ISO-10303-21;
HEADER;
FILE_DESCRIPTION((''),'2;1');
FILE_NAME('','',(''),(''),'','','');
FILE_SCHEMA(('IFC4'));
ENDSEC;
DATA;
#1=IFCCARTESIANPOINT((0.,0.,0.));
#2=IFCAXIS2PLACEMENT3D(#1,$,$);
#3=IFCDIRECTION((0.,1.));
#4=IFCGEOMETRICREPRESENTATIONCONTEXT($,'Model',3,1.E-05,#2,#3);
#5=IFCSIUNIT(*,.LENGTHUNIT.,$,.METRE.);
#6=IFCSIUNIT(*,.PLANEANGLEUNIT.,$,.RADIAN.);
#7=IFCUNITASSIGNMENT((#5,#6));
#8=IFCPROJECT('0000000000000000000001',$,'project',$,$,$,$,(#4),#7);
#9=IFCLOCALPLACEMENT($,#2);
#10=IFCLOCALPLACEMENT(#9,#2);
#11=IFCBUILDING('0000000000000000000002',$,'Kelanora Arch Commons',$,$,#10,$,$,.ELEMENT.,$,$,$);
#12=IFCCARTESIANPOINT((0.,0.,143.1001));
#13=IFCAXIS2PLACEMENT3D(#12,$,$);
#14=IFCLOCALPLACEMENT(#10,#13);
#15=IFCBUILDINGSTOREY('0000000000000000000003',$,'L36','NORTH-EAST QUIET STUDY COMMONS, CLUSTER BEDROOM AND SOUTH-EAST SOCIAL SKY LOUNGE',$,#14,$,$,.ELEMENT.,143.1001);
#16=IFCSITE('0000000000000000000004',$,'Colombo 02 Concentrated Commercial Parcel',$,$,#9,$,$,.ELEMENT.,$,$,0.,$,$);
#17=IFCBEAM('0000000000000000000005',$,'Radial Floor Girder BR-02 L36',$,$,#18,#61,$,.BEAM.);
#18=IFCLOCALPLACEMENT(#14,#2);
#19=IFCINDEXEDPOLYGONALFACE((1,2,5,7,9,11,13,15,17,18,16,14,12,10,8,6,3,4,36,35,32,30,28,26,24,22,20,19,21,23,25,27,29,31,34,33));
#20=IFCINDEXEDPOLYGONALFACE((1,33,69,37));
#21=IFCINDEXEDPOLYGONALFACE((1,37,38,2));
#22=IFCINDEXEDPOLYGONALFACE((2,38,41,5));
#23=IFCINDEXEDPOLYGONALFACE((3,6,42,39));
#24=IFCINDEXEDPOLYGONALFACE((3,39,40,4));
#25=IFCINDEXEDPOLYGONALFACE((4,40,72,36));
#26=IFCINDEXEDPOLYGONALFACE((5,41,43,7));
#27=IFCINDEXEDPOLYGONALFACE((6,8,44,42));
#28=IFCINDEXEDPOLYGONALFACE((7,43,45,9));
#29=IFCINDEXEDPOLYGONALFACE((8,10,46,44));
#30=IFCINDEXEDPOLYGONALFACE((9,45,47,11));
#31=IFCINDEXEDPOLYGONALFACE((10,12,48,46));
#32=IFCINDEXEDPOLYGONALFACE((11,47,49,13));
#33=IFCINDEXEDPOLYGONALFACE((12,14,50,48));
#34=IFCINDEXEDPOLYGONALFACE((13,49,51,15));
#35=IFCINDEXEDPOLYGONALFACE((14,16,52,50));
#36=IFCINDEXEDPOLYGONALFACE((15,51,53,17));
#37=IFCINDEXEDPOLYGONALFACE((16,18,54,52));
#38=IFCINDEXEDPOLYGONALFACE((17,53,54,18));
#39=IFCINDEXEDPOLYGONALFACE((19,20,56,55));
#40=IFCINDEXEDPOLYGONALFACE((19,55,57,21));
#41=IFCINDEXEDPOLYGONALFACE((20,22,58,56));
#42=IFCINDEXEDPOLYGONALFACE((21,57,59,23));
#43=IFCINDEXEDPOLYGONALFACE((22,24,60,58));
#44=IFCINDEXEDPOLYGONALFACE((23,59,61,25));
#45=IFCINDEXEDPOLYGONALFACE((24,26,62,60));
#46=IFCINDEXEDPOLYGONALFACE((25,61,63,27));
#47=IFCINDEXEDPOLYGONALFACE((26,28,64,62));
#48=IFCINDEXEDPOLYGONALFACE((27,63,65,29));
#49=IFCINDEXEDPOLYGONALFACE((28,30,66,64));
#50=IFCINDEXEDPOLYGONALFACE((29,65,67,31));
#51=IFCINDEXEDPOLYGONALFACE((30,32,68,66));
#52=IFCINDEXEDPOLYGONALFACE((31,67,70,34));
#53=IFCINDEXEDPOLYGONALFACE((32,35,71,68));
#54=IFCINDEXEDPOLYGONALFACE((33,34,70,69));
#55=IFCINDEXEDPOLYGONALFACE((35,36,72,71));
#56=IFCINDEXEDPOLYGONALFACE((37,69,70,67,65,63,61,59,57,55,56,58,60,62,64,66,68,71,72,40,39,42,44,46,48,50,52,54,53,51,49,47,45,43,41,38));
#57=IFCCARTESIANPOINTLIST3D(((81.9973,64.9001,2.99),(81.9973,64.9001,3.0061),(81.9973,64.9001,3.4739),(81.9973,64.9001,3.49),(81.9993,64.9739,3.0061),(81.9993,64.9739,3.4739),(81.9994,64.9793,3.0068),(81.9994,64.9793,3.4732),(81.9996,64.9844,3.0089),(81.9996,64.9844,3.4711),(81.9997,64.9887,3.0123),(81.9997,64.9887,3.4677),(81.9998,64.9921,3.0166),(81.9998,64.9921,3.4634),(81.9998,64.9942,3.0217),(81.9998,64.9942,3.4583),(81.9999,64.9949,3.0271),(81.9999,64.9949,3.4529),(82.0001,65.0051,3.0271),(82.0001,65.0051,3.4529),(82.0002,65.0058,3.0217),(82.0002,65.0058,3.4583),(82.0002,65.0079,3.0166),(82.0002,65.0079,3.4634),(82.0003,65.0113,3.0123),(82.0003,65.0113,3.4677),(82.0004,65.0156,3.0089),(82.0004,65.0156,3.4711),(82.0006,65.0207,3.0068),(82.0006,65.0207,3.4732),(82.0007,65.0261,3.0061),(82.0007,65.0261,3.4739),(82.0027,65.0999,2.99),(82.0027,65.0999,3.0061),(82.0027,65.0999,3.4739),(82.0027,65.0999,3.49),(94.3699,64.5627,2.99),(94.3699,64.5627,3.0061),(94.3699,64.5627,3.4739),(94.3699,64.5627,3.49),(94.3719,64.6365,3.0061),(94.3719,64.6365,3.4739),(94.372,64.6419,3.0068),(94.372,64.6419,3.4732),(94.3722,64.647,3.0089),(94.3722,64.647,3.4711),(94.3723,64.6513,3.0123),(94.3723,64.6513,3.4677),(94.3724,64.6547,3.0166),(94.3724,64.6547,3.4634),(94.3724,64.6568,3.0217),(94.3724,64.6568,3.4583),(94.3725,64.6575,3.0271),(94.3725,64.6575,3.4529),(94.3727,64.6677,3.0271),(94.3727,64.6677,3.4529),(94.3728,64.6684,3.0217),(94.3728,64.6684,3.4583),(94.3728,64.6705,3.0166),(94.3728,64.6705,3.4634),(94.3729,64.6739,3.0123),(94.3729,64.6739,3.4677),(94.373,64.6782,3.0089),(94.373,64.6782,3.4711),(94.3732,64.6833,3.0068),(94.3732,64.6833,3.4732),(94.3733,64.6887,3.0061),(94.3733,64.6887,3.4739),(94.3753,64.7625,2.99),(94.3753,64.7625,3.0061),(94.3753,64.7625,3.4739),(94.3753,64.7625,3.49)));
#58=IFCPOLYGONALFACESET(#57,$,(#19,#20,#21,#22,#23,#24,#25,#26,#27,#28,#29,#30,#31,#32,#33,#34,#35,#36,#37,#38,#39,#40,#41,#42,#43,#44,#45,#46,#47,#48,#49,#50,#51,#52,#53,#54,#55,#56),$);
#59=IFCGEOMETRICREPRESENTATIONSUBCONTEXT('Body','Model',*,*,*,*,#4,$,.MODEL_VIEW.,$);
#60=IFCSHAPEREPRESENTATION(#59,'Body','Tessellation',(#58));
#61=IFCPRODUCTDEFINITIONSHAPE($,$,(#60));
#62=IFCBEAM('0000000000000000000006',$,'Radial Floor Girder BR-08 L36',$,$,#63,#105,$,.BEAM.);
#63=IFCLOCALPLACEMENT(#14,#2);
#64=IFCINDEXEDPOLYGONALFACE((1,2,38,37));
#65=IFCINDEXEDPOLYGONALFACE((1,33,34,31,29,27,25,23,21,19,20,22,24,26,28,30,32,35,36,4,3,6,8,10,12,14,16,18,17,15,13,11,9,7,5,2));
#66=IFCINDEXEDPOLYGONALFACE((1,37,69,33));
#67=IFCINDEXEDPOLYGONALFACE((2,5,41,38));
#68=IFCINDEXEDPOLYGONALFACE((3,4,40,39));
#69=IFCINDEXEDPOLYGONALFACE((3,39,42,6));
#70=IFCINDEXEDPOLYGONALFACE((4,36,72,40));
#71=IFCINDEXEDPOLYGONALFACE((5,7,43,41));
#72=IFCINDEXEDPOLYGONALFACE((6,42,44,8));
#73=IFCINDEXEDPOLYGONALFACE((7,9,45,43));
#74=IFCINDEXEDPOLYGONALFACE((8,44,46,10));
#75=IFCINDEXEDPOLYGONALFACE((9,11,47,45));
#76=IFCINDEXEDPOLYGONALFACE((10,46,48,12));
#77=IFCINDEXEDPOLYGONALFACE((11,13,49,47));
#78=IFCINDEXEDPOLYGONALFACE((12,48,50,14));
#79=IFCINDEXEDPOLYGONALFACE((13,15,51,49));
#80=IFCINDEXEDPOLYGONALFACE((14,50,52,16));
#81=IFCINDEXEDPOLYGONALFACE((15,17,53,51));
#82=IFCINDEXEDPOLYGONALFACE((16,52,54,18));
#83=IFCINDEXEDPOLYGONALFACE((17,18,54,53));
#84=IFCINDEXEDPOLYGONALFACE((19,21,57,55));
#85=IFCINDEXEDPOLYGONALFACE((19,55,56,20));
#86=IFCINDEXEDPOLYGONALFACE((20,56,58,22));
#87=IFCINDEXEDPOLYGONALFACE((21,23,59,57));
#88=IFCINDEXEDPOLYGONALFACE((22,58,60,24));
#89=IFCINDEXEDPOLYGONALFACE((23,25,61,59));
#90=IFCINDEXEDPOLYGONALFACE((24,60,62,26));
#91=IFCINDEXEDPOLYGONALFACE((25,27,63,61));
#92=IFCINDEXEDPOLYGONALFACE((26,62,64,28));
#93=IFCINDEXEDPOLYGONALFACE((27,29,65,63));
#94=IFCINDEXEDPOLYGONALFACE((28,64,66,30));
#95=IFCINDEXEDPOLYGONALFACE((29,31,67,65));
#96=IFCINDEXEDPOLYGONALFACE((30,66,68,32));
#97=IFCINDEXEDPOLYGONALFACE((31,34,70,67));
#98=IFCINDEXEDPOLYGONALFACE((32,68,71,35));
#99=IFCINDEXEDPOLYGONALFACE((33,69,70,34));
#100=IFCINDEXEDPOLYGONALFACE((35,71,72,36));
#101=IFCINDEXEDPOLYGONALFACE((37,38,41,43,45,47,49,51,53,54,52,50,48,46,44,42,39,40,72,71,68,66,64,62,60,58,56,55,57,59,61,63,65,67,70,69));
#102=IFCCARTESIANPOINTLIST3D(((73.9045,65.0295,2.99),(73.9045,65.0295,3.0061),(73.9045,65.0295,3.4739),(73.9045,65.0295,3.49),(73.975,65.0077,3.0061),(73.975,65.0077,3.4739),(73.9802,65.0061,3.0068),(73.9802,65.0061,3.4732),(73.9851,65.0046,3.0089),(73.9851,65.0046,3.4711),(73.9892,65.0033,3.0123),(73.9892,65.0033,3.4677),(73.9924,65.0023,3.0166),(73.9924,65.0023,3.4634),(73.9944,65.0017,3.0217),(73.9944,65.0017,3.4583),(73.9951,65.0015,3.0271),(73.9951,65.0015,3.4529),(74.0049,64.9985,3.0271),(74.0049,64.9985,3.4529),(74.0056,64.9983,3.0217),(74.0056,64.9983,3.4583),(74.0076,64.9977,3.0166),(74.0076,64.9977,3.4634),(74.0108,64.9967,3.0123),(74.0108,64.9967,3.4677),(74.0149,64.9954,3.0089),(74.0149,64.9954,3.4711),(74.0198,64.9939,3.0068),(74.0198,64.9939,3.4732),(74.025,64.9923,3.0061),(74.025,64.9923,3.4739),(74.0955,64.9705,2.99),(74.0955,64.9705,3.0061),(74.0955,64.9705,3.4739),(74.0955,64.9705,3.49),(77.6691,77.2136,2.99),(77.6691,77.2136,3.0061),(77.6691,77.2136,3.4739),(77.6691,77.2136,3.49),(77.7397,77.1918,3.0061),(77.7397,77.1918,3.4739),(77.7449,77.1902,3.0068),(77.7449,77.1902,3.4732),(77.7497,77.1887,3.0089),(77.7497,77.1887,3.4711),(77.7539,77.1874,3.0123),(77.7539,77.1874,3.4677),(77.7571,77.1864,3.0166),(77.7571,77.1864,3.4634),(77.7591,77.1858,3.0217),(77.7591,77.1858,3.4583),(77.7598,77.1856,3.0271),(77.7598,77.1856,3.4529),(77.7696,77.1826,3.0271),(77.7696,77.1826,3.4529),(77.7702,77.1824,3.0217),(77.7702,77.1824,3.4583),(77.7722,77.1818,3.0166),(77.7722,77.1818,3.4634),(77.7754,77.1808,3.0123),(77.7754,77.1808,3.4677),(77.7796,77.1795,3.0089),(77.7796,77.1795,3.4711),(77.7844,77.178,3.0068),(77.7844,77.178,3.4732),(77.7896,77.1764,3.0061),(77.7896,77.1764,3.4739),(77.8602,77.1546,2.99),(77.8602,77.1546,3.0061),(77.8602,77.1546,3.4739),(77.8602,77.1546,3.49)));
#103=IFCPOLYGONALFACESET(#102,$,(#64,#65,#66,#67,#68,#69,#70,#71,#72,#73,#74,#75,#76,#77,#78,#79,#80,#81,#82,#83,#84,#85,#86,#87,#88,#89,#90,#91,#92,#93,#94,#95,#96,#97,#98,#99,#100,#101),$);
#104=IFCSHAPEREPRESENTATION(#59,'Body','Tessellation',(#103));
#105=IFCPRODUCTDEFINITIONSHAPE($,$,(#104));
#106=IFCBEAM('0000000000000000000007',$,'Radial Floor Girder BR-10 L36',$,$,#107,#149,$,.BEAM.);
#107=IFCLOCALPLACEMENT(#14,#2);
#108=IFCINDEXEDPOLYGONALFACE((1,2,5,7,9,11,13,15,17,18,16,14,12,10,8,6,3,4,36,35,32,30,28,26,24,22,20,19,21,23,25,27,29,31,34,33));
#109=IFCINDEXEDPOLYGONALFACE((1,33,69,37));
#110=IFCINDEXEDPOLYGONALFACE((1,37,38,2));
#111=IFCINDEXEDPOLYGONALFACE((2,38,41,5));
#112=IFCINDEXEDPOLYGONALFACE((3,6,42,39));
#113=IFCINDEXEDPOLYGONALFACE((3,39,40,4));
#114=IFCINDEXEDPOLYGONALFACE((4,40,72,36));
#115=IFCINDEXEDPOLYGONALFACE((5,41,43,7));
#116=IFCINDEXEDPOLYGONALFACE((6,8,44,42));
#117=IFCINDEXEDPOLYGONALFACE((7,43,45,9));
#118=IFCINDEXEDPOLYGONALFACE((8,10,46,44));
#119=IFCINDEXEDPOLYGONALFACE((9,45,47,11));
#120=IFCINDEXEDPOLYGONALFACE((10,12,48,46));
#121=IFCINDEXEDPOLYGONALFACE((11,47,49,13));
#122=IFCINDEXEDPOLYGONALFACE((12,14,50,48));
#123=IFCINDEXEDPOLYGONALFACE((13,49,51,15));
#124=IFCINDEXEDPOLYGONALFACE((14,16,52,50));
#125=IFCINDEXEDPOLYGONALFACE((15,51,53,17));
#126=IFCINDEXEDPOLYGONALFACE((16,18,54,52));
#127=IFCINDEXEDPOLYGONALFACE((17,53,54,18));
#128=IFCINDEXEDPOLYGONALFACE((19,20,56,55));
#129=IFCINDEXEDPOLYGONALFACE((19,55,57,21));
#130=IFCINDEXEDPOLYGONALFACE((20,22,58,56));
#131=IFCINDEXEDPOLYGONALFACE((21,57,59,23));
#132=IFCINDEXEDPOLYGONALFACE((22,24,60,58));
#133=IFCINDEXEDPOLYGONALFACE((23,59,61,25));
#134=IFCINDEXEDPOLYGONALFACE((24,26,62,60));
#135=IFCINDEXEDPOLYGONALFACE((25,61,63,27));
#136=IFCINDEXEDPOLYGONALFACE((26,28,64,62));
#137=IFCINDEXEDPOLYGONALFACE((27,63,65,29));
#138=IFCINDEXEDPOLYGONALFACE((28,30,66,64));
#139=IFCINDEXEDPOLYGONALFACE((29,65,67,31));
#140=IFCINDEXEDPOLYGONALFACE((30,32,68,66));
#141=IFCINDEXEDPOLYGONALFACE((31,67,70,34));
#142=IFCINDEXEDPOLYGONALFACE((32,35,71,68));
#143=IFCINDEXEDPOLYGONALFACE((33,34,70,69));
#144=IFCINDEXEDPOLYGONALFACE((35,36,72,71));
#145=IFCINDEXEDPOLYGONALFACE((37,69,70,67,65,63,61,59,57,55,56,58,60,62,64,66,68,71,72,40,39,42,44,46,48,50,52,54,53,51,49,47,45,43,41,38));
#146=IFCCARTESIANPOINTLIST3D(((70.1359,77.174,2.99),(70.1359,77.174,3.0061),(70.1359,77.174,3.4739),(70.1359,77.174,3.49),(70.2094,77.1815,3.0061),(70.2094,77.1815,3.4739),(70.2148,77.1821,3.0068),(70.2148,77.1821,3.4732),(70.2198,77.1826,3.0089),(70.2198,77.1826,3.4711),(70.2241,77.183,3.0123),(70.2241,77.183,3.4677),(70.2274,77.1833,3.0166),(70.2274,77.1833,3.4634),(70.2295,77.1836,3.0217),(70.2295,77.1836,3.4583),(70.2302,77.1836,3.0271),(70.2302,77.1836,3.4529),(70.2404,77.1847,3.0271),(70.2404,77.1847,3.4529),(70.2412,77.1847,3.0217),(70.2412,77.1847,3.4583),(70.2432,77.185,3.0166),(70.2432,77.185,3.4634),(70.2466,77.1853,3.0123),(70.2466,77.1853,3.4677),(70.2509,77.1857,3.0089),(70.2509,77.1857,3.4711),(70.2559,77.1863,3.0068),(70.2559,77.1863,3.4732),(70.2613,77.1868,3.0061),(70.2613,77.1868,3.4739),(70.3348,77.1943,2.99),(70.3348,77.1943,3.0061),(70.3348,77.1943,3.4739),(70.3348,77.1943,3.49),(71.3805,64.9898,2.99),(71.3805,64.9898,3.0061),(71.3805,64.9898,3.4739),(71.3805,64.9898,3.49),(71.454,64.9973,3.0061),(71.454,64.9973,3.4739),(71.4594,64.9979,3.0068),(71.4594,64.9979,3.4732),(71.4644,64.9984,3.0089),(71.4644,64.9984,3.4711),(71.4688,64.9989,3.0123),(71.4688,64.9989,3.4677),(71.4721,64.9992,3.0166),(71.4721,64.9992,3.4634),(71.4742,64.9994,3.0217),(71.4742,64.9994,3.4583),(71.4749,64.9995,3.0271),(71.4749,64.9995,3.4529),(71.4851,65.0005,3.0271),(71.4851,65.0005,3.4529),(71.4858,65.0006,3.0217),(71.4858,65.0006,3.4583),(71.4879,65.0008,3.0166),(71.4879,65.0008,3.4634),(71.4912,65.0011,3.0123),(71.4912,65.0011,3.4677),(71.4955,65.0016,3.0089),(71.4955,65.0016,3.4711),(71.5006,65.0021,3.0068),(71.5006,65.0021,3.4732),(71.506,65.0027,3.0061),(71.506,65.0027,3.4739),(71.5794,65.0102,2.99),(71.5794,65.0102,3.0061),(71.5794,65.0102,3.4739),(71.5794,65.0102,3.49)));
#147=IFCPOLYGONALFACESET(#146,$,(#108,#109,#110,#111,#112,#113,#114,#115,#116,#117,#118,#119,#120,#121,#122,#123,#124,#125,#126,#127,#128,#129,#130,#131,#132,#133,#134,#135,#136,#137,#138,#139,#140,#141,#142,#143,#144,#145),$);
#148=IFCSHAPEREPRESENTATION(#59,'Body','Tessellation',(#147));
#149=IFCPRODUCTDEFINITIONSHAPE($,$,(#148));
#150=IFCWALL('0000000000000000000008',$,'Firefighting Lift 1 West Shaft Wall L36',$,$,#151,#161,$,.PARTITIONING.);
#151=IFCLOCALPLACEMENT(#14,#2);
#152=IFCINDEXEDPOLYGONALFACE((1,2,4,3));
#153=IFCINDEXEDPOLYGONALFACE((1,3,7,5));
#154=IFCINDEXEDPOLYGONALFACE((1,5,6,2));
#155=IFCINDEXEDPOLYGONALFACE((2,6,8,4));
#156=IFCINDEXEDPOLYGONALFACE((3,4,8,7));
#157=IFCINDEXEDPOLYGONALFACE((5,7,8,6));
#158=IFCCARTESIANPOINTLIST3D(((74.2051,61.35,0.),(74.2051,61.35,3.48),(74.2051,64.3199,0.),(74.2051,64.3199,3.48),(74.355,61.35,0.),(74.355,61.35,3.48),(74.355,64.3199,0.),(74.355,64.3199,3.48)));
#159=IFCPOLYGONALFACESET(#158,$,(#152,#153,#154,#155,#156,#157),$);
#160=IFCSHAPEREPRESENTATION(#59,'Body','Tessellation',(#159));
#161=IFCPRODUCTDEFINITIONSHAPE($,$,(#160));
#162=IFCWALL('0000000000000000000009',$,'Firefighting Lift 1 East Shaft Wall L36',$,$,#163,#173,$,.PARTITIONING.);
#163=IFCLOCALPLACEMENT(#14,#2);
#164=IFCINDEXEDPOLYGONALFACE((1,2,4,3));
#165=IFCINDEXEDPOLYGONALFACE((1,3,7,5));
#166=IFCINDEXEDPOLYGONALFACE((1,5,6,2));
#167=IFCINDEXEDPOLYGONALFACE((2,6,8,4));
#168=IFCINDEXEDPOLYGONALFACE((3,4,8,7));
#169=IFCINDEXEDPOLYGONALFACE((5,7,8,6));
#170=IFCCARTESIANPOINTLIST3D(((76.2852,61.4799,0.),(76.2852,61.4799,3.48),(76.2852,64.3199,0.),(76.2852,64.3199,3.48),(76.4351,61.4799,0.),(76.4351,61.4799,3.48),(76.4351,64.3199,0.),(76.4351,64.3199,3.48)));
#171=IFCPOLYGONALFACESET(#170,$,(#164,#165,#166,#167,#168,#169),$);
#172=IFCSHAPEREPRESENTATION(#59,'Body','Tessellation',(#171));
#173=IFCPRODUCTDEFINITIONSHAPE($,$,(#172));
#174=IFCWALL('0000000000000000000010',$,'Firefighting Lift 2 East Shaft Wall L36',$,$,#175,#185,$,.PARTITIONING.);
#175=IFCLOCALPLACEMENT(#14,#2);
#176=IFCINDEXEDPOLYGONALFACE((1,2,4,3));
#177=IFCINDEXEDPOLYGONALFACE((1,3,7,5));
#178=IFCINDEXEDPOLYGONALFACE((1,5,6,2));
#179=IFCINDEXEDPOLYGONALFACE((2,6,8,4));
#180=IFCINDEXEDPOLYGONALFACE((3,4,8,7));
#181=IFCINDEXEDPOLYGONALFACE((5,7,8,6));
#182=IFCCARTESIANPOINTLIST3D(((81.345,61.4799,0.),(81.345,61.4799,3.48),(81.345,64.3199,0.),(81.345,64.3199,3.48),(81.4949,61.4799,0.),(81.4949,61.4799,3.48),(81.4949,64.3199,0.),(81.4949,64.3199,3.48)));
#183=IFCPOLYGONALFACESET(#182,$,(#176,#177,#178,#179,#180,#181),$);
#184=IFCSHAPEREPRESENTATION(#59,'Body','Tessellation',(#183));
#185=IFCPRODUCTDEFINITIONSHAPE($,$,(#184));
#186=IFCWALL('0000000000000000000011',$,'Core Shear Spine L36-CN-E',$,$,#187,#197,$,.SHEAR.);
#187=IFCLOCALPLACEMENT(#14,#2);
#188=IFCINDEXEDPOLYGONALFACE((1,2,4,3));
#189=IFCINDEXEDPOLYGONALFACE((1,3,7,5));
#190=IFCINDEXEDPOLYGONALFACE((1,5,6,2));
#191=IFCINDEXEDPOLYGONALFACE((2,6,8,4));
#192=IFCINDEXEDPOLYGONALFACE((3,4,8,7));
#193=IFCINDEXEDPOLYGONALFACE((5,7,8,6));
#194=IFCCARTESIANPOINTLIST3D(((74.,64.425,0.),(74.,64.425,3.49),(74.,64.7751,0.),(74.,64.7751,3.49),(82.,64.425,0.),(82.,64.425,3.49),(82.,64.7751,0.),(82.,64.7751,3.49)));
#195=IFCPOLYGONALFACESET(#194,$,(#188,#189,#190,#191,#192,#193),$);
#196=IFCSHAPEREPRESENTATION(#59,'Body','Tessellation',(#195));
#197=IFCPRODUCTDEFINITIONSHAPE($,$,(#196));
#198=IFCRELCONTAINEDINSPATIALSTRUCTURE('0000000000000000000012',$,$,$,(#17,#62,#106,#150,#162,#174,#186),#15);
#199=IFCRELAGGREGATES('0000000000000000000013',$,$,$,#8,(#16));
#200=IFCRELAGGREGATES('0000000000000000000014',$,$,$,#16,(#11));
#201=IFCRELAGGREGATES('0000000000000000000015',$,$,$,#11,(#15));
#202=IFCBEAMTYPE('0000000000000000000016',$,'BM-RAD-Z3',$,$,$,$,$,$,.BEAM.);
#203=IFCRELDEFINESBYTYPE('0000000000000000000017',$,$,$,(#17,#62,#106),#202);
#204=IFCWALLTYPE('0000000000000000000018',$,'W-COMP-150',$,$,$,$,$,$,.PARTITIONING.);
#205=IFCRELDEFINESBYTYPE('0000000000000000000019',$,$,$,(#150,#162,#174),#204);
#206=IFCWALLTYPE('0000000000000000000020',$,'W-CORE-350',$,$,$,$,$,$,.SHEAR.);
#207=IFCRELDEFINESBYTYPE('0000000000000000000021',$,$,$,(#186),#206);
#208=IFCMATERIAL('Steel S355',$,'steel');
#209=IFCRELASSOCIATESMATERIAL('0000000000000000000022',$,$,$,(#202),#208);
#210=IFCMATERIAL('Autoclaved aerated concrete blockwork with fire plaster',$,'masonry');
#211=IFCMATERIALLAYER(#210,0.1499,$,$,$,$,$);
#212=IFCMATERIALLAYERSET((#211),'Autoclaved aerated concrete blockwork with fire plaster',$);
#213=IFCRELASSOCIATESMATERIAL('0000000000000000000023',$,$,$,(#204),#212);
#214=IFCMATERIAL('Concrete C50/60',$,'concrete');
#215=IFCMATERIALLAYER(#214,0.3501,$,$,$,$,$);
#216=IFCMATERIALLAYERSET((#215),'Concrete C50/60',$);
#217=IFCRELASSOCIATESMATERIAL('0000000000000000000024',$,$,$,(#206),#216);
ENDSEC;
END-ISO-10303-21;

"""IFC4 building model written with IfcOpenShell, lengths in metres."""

from ifc_helpers import new_model, si_unit, direction, frame, frame_2d, origin, origin_2d, place, context, subcontext, project, spatial, rectangle, i_section, extrude, material, layer, layer_set, material_profile, profile_set, type_object, element, save


model = new_model("IFC4")

# Units and contexts
model_context = context("Model", 3, precision=1e-05, world=origin(), true_north=direction((0.0, 1.0)))
body_context = subcontext(model_context, "Body", "Model", "MODEL_VIEW")
ifc_project = project(units=[si_unit("LENGTHUNIT", "METRE"), si_unit("PLANEANGLEUNIT", "RADIAN")], contexts=[model_context])

# Site, building, storey
site_placement = place(None, origin())
site = spatial("IfcSite", under=ifc_project, at=site_placement, Name="Colombo 02 Concentrated Commercial Parcel", CompositionType="ELEMENT", RefElevation=0.0)
building_placement = place(site_placement, origin())
building = spatial("IfcBuilding", under=site, at=building_placement, Name="Kelanora Arch Commons", CompositionType="ELEMENT")
storey_placement = place(building_placement, frame((0.0, 0.0, 143.1001)))
storey = spatial("IfcBuildingStorey", under=building, at=storey_placement, Name="L36", Description="NORTH-EAST QUIET STUDY COMMONS, CLUSTER BEDROOM AND SOUTH-EAST SOCIAL SKY LOUNGE", CompositionType="ELEMENT", Elevation=143.1001)

# Beams
ifc_material_1 = material(Name="Steel S355", Category="steel")
ifc_material_profile_1 = material_profile(ifc_material_1, i_section(OverallWidth=0.2, OverallDepth=0.5, WebThickness=0.0103, FlangeThickness=0.0161, FilletRadius=0.021, at=origin_2d()), Name="IPE500")
ifc_profile_set_1 = profile_set([ifc_material_profile_1], Name="Steel S355")
beam_type_1 = type_object("IfcBeamType", Name="BM-RAD-Z3", PredefinedType="BEAM", material=ifc_profile_set_1)
beam_1_placement = place(storey_placement, frame((82.0, 65.0, 3.24), z_axis=(0.999628, -0.02726, 0.0), x_axis=(0.02726, 0.999628, 0.0)))
element("IfcBeam", 1, at=beam_1_placement, inside=storey, type_object=beam_type_1, Name="Radial Floor Girder BR-02 L36", PredefinedType="BEAM", context=body_context, shape_type="SweptSolid", body=[
    extrude(i_section(OverallWidth=0.2, OverallDepth=0.5, WebThickness=0.0103, FlangeThickness=0.0161, FilletRadius=0.021, at=origin_2d()), origin(), (0.0, 0.0, 1.0), 12.3772),
])
beam_2_placement = place(storey_placement, frame((74.0, 65.0, 3.24), z_axis=(0.29521, 0.955432, 0.0), x_axis=(-0.955432, 0.29521, 0.0)))
element("IfcBeam", 2, at=beam_2_placement, inside=storey, type_object=beam_type_1, Name="Radial Floor Girder BR-08 L36", PredefinedType="BEAM", context=body_context, shape_type="SweptSolid", body=[
    extrude(i_section(OverallWidth=0.2, OverallDepth=0.5, WebThickness=0.0103, FlangeThickness=0.0161, FilletRadius=0.021, at=origin_2d()), origin(), (0.0, 0.0, 1.0), 12.7524),
])
beam_3_placement = place(storey_placement, frame((71.48, 65.0, 3.24), z_axis=(-0.101623, 0.994823, 0.0), x_axis=(-0.994823, -0.101623, 0.0)))
element("IfcBeam", 3, at=beam_3_placement, inside=storey, type_object=beam_type_1, Name="Radial Floor Girder BR-10 L36", PredefinedType="BEAM", context=body_context, shape_type="SweptSolid", body=[
    extrude(i_section(OverallWidth=0.2, OverallDepth=0.5, WebThickness=0.0103, FlangeThickness=0.0161, FilletRadius=0.021, at=origin_2d()), origin(), (0.0, 0.0, 1.0), 12.2476),
])

# Walls
ifc_material_2 = material(Name="Autoclaved aerated concrete blockwork with fire plaster", Category="masonry")
ifc_layer_1 = layer(ifc_material_2, 0.1499)
ifc_layer_set_1 = layer_set([ifc_layer_1], Name="Autoclaved aerated concrete blockwork with fire plaster")
wall_type_1 = type_object("IfcWallType", Name="W-COMP-150", PredefinedType="PARTITIONING", material=ifc_layer_set_1)
wall_1_placement = place(storey_placement, frame((74.28, 61.3501, 0.0), z_axis=(0.0, 0.0, 1.0), x_axis=(0.0, 1.0, 0.0)))
element("IfcWall", 4, at=wall_1_placement, inside=storey, type_object=wall_type_1, Name="Firefighting Lift 1 West Shaft Wall L36", PredefinedType="PARTITIONING", context=body_context, shape_type="SweptSolid", body=[
    extrude(rectangle(XDim=2.97, YDim=0.1499, at=frame_2d((1.4849, 0.0))), origin(), (0.0, 0.0, 1.0), 3.48),
])
for number, where, z_axis, x_axis, name in (
    (5, (76.3601, 61.48, 0.0), (0.0, 0.0, 1.0), (0.0, 1.0, 0.0), "Firefighting Lift 1 East Shaft Wall L36"),
    (6, (81.4199, 61.48, 0.0), (0.0, 0.0, 1.0), (0.0, 1.0, 0.0), "Firefighting Lift 2 East Shaft Wall L36"),
):
    element("IfcWall", number, at=place(storey_placement, frame(where, z_axis=z_axis, x_axis=x_axis)), inside=storey, type_object=wall_type_1, Name=name, PredefinedType="PARTITIONING", context=body_context, shape_type="SweptSolid", body=[
        extrude(rectangle(XDim=2.8401, YDim=0.1499, at=frame_2d((1.4199, 0.0))), origin(), (0.0, 0.0, 1.0), 3.48),
    ])
ifc_material_3 = material(Name="Concrete C50/60", Category="concrete")
ifc_layer_2 = layer(ifc_material_3, 0.3501)
ifc_layer_set_2 = layer_set([ifc_layer_2], Name="Concrete C50/60")
wall_type_2 = type_object("IfcWallType", Name="W-CORE-350", PredefinedType="SHEAR", material=ifc_layer_set_2)
wall_2_placement = place(storey_placement, frame((74.0, 64.6001, 0.0), z_axis=(0.0, 0.0, 1.0), x_axis=(1.0, 0.0, 0.0)))
element("IfcWall", 7, at=wall_2_placement, inside=storey, type_object=wall_type_2, Name="Core Shear Spine L36-CN-E", PredefinedType="SHEAR", context=body_context, shape_type="SweptSolid", body=[
    extrude(rectangle(XDim=8.0, YDim=0.3501, at=frame_2d((4.0, 0.0))), origin(), (0.0, 0.0, 1.0), 3.49),
])

save(model, "model.ifc")
